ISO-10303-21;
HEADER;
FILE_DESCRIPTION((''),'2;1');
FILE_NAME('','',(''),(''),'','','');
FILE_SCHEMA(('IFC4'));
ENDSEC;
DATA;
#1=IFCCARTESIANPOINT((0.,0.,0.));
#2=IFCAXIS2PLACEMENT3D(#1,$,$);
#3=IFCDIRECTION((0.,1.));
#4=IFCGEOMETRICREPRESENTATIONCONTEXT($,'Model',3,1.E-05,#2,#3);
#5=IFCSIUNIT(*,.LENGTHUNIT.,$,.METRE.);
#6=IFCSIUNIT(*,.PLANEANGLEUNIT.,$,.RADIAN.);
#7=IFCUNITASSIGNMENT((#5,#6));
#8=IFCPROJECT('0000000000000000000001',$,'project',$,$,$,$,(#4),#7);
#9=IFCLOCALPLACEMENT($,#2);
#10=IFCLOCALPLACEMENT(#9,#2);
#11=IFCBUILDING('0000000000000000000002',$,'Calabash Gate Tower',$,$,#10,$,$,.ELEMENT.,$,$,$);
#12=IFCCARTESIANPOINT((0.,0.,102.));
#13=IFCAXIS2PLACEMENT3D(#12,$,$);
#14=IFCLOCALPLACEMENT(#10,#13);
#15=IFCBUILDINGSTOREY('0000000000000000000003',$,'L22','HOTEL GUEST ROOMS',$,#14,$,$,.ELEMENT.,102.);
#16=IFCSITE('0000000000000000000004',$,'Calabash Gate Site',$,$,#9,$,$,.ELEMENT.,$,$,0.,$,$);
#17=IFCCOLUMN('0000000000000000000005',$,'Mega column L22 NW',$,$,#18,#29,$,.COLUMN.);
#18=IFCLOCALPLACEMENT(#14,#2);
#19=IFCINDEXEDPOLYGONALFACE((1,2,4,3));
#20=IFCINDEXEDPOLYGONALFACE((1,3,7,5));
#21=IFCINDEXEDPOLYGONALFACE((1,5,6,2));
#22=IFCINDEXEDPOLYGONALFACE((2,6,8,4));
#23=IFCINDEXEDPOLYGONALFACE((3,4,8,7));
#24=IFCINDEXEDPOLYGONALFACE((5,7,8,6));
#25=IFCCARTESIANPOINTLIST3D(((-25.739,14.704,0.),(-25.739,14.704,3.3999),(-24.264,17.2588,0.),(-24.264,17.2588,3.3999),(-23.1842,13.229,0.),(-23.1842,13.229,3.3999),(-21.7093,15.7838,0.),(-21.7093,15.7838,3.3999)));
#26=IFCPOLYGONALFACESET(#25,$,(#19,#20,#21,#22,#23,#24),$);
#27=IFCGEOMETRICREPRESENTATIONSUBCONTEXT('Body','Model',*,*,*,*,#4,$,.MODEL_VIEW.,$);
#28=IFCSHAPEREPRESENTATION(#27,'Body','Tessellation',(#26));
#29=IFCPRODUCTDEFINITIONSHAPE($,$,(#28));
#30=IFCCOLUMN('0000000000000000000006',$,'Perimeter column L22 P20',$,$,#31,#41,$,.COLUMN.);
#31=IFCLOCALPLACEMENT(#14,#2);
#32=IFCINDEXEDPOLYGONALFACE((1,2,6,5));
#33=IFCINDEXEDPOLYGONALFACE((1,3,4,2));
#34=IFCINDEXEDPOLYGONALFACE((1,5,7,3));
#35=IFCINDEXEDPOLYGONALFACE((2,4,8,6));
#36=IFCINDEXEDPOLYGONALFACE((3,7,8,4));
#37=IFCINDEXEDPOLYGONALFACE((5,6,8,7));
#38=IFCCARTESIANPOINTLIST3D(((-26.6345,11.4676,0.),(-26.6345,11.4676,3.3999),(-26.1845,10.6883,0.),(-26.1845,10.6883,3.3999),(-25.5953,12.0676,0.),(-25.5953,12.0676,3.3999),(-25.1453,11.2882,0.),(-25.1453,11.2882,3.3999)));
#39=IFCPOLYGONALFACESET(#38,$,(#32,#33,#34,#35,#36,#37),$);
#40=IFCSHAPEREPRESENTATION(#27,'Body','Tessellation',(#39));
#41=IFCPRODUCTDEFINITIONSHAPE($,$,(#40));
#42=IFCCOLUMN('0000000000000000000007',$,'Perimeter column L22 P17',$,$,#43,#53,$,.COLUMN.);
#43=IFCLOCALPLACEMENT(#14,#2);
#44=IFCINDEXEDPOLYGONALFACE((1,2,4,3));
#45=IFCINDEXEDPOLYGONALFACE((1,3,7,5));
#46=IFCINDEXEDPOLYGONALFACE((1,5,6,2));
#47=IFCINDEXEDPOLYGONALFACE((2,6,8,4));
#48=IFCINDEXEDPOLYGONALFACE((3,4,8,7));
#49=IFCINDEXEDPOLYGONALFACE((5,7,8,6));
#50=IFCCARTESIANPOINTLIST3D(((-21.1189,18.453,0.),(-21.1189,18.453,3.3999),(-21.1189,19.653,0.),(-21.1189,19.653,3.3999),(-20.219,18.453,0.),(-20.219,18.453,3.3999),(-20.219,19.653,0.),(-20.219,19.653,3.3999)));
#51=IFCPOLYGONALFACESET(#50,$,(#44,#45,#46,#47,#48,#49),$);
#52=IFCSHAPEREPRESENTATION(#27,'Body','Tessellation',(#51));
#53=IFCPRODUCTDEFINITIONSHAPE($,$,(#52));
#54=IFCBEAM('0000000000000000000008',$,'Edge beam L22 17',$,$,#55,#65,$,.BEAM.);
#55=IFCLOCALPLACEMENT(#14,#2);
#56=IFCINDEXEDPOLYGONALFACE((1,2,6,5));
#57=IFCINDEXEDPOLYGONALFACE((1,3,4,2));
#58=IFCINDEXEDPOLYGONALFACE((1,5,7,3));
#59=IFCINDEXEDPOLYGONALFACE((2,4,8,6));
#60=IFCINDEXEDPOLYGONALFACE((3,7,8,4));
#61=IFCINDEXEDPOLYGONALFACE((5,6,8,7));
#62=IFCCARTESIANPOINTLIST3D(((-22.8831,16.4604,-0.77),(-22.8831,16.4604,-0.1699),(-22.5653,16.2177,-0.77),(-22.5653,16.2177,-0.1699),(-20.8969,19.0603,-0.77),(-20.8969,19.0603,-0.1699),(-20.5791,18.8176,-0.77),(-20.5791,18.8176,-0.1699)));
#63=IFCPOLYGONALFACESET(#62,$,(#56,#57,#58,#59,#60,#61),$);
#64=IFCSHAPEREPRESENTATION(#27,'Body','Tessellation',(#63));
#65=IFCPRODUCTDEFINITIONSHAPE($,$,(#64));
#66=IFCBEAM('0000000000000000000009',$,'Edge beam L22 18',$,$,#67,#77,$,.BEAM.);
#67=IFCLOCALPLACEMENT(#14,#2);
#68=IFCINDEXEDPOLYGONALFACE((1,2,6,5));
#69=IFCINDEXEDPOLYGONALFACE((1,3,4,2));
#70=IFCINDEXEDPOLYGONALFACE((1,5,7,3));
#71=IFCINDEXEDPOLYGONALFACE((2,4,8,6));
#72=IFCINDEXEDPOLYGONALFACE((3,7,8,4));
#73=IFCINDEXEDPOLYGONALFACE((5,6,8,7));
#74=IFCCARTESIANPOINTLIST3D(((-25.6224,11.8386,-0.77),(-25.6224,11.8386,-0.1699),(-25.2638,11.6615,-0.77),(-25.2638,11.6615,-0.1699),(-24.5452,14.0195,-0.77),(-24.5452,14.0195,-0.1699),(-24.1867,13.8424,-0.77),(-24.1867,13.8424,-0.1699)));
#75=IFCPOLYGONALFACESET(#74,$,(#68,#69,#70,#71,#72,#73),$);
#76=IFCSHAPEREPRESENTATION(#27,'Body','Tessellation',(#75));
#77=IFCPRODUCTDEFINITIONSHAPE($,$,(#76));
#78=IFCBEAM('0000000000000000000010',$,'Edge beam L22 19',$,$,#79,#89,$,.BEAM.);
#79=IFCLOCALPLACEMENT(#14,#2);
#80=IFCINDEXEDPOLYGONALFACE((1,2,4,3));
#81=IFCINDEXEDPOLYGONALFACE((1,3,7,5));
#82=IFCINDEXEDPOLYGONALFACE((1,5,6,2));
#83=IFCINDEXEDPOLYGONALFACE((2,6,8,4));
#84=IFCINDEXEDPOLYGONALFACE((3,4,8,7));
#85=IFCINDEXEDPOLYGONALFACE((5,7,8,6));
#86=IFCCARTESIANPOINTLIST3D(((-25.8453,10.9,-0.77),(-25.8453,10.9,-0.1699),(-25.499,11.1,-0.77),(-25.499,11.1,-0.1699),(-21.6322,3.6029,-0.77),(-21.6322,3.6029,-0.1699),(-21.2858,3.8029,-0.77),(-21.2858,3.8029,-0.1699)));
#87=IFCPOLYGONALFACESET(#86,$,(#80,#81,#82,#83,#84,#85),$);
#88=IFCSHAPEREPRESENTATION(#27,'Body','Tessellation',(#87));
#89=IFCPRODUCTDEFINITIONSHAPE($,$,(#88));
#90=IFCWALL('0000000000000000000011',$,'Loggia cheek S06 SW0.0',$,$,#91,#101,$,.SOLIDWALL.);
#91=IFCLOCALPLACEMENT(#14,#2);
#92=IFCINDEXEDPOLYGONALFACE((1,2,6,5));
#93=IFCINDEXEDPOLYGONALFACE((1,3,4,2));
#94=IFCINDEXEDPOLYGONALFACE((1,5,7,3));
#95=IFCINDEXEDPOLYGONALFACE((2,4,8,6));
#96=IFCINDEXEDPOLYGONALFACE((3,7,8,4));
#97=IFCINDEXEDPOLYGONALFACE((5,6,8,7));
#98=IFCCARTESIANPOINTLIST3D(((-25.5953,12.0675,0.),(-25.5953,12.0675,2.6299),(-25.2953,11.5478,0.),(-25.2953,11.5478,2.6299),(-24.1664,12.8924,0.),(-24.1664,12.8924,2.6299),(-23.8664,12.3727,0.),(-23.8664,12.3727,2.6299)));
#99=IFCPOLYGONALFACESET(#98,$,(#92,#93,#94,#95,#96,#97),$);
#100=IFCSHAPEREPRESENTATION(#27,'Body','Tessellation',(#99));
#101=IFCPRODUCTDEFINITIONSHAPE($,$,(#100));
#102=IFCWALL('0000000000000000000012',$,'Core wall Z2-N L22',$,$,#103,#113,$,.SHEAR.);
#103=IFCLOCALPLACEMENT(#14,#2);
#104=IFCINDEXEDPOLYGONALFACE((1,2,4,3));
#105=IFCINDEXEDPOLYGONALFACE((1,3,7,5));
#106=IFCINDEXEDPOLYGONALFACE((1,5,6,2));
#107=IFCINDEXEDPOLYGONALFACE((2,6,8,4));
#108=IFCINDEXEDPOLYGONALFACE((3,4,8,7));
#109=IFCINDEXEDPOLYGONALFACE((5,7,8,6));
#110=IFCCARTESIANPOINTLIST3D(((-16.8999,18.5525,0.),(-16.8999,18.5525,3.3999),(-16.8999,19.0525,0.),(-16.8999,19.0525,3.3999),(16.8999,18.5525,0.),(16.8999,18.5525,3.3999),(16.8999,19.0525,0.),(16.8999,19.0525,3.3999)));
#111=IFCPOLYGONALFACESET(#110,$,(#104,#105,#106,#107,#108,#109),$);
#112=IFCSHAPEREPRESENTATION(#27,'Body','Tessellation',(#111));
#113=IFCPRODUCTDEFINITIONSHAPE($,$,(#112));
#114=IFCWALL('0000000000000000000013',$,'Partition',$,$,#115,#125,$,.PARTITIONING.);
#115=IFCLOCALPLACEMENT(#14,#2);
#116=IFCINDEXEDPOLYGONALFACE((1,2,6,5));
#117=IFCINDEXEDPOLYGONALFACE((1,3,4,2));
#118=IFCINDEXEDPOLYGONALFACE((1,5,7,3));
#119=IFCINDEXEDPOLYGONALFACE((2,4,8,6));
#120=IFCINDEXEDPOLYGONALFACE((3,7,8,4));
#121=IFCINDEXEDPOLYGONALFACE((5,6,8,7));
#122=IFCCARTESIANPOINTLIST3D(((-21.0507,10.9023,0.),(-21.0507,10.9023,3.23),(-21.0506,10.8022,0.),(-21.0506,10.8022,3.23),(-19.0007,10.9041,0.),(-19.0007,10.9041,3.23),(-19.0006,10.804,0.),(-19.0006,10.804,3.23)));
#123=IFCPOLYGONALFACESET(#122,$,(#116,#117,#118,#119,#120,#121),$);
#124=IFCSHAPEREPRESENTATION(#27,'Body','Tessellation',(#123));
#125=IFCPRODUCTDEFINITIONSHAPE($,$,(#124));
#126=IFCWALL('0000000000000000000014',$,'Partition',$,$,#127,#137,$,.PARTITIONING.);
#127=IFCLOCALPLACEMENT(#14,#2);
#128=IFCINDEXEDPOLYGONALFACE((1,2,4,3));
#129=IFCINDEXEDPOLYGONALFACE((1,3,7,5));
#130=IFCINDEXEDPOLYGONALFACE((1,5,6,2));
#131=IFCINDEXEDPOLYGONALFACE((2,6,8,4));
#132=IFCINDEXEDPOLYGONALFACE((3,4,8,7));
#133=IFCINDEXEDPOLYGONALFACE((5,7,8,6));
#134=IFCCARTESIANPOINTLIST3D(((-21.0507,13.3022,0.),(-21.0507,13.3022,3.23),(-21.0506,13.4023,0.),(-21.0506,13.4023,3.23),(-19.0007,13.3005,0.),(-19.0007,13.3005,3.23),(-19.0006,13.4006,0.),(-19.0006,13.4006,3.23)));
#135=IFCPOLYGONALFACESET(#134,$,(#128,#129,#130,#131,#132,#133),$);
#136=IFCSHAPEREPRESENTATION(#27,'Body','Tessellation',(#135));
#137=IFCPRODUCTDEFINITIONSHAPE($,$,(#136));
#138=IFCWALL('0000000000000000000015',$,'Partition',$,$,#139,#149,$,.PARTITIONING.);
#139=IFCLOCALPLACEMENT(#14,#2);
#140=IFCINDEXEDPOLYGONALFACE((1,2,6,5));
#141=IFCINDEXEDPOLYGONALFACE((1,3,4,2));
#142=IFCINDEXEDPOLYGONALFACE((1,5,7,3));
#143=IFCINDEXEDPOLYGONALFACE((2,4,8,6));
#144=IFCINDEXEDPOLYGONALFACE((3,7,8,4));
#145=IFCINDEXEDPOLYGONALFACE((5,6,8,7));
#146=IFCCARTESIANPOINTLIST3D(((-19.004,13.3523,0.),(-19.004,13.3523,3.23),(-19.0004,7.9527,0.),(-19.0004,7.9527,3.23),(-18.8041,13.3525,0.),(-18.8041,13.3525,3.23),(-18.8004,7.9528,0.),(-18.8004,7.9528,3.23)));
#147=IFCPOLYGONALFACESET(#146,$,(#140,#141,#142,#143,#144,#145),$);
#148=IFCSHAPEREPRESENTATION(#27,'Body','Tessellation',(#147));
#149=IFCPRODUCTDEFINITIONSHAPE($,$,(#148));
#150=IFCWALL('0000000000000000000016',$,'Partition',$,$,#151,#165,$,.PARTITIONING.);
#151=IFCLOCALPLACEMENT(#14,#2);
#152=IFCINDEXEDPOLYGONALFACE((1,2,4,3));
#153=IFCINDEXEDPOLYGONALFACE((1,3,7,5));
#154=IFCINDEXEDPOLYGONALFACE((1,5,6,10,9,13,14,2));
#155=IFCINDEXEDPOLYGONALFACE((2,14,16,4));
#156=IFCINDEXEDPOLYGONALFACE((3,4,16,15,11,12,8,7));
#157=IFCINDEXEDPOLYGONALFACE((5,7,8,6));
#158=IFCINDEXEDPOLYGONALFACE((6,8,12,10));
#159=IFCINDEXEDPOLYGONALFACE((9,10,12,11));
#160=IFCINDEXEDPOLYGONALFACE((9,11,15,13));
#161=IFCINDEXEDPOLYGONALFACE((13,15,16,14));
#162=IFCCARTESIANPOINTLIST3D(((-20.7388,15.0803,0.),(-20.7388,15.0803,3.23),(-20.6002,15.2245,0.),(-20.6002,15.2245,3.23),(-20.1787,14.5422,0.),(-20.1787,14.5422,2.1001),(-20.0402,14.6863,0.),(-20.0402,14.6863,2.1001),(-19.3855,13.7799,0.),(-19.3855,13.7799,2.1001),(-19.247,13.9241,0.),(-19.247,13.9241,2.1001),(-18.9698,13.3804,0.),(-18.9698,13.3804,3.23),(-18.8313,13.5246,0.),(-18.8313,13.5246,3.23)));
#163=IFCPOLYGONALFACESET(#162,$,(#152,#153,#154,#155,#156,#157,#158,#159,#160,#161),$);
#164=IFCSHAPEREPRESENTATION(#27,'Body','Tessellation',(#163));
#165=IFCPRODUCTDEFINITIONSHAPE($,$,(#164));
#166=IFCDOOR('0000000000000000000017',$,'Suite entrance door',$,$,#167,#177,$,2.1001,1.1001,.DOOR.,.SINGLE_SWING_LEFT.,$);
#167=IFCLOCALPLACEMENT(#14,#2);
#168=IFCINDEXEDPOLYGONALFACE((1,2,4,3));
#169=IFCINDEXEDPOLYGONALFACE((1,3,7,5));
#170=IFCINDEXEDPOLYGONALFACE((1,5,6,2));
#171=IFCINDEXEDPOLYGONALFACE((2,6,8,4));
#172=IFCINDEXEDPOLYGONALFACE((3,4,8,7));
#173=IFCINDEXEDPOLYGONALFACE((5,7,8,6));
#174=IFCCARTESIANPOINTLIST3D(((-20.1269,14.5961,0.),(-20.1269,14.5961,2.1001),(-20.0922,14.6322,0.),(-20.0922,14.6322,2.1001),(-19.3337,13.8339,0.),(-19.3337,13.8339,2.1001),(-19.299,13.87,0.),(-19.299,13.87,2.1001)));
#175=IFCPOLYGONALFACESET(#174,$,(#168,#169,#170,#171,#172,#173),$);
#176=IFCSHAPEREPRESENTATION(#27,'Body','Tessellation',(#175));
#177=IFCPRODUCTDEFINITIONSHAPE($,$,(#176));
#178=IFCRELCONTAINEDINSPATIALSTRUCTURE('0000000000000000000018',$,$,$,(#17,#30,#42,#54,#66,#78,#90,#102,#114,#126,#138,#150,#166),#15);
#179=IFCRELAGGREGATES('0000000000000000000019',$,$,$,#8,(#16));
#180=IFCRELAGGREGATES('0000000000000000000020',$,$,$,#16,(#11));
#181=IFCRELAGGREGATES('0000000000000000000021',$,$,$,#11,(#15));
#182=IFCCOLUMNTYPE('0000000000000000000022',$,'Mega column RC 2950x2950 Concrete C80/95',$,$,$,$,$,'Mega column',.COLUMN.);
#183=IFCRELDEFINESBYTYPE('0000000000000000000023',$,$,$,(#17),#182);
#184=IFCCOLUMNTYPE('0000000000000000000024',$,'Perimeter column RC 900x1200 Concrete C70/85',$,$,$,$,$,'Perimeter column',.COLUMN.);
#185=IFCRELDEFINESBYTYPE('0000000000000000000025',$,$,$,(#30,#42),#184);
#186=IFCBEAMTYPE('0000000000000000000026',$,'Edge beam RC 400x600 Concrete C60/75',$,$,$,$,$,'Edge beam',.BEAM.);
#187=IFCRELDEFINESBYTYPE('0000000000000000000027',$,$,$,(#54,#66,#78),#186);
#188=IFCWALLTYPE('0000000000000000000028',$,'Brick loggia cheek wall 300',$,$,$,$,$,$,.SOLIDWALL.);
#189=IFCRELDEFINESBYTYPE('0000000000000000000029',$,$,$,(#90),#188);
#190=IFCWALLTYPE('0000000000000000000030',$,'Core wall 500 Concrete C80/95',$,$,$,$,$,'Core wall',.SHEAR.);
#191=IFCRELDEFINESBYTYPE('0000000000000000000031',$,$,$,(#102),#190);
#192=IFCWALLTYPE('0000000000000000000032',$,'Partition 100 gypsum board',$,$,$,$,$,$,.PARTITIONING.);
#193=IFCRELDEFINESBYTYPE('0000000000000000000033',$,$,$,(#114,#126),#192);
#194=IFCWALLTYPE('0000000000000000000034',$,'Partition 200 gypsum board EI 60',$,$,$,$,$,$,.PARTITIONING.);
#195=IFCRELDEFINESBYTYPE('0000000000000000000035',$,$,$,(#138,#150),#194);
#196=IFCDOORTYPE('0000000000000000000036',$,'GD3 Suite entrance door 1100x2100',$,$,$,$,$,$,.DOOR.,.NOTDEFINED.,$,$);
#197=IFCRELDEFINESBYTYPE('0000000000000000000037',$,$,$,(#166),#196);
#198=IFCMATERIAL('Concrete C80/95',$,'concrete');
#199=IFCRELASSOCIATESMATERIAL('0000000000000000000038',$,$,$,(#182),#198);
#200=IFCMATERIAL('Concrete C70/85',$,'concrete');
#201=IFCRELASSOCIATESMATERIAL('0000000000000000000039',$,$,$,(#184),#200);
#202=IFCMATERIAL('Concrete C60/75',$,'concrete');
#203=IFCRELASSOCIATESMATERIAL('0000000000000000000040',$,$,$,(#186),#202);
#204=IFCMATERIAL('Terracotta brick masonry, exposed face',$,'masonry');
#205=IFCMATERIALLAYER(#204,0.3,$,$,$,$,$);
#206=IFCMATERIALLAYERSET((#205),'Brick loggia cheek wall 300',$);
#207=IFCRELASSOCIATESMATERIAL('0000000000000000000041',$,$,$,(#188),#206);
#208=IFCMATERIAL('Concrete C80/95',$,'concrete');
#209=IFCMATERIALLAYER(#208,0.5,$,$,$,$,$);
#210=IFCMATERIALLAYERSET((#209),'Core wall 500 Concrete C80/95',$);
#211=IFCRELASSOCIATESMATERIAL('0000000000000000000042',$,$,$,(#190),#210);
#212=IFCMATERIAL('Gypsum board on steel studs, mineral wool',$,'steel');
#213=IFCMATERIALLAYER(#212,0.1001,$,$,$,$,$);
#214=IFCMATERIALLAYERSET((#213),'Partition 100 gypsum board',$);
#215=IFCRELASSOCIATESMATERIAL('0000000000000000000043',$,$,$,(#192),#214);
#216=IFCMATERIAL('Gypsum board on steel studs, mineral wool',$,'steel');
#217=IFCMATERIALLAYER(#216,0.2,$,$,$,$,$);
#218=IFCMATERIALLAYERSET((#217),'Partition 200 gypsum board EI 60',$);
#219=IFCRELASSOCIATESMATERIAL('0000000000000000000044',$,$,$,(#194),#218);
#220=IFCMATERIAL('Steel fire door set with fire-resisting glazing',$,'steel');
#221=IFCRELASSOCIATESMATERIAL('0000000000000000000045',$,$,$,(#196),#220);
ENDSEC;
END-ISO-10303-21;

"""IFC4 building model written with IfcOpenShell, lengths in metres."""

from ifc_helpers import new_model, si_unit, direction, frame, frame_2d, origin, origin_2d, place, context, subcontext, project, spatial, rectangle, extrude, material, layer, layer_set, material_profile, profile_set, type_object, element, fill, save


model = new_model("IFC4")

# Units and contexts
model_context = context("Model", 3, precision=1e-05, world=origin(), true_north=direction((0.0, 1.0)))
body_context = subcontext(model_context, "Body", "Model", "MODEL_VIEW")
ifc_project = project(units=[si_unit("LENGTHUNIT", "METRE"), si_unit("PLANEANGLEUNIT", "RADIAN")], contexts=[model_context])

# Site, building, storey
site_placement = place(None, origin())
site = spatial("IfcSite", under=ifc_project, at=site_placement, Name="Calabash Gate Site", CompositionType="ELEMENT", RefElevation=0.0)
building_placement = place(site_placement, origin())
building = spatial("IfcBuilding", under=site, at=building_placement, Name="Calabash Gate Tower", CompositionType="ELEMENT")
storey_placement = place(building_placement, frame((0.0, 0.0, 102.0)))
storey = spatial("IfcBuildingStorey", under=building, at=storey_placement, Name="L22", Description="HOTEL GUEST ROOMS", CompositionType="ELEMENT", Elevation=102.0)

# Columns
ifc_material_1 = material(Name="Concrete C80/95", Category="concrete")
ifc_material_profile_1 = material_profile(ifc_material_1, rectangle(XDim=2.95, YDim=2.95, at=origin_2d()))
ifc_profile_set_1 = profile_set([ifc_material_profile_1], Name="Concrete C80/95")
column_type_1 = type_object("IfcColumnType", Name="Mega column RC 2950x2950 Concrete C80/95", ElementType="Mega column", PredefinedType="COLUMN", material=ifc_profile_set_1)
column_placement = place(storey_placement, frame((-23.7241, 15.2439, 0.0), z_axis=(0.0, 0.0, 1.0), x_axis=(0.866025, -0.5, 0.0)))
element("IfcColumn", 1, at=column_placement, inside=storey, type_object=column_type_1, Name="Mega column L22 NW", PredefinedType="COLUMN", context=body_context, shape_type="SweptSolid", body=[
    extrude(rectangle(XDim=2.95, YDim=2.95, at=origin_2d()), origin(), (0.0, 0.0, 1.0), 3.3999),
])
ifc_material_2 = material(Name="Concrete C70/85", Category="concrete")
ifc_material_profile_2 = material_profile(ifc_material_2, rectangle(XDim=0.8999, YDim=1.2, at=origin_2d()))
ifc_profile_set_2 = profile_set([ifc_material_profile_2], Name="Concrete C70/85")
column_type_2 = type_object("IfcColumnType", Name="Perimeter column RC 900x1200 Concrete C70/85", ElementType="Perimeter column", PredefinedType="COLUMN", material=ifc_profile_set_2)
for number, where, z_axis, x_axis, name in (
    (2, (-25.8899, 11.3779, 0.0), (0.0, 0.0, 1.0), (0.5, -0.866025, 0.0), "Perimeter column L22 P20"),
    (3, (-20.6689, 19.053, 0.0), (0.0, 0.0, 1.0), (-1.0, 0.0, 0.0), "Perimeter column L22 P17"),
):
    element("IfcColumn", number, at=place(storey_placement, frame(where, z_axis=z_axis, x_axis=x_axis)), inside=storey, type_object=column_type_2, Name=name, PredefinedType="COLUMN", context=body_context, shape_type="SweptSolid", body=[
        extrude(rectangle(XDim=0.8999, YDim=1.2, at=origin_2d()), origin(), (0.0, 0.0, 1.0), 3.3999),
    ])

# Beams
ifc_material_3 = material(Name="Concrete C60/75", Category="concrete")
ifc_material_profile_3 = material_profile(ifc_material_3, rectangle(XDim=0.3999, YDim=0.6001, at=origin_2d()))
ifc_profile_set_3 = profile_set([ifc_material_profile_3], Name="Concrete C60/75")
beam_type = type_object("IfcBeamType", Name="Edge beam RC 400x600 Concrete C60/75", ElementType="Edge beam", PredefinedType="BEAM", material=ifc_profile_set_3)
beam_1_placement = place(storey_placement, frame((-20.738, 18.939, -0.47), z_axis=(-0.607057, -0.794659, 0.0), x_axis=(0.794659, -0.607057, 0.0)))
element("IfcBeam", 4, at=beam_1_placement, inside=storey, type_object=beam_type, Name="Edge beam L22 17", PredefinedType="BEAM", context=body_context, shape_type="SweptSolid", body=[
    extrude(rectangle(XDim=0.3999, YDim=0.6001, at=origin_2d()), origin(), (0.0, 0.0, 1.0), 3.2717),
])
beam_2_placement = place(storey_placement, frame((-24.366, 13.9309, -0.47), z_axis=(-0.442832, -0.896605, 0.0), x_axis=(0.896605, -0.442832, 0.0)))
element("IfcBeam", 5, at=beam_2_placement, inside=storey, type_object=beam_type, Name="Edge beam L22 18", PredefinedType="BEAM", context=body_context, shape_type="SweptSolid", body=[
    extrude(rectangle(XDim=0.3999, YDim=0.6001, at=origin_2d()), origin(), (0.0, 0.0, 1.0), 2.4324),
])
beam_3_placement = place(storey_placement, frame((-25.6721, 11.0, -0.47), z_axis=(0.500013, -0.866018, 0.0), x_axis=(0.866018, 0.500013, 0.0)))
element("IfcBeam", 6, at=beam_3_placement, inside=storey, type_object=beam_type, Name="Edge beam L22 19", PredefinedType="BEAM", context=body_context, shape_type="SweptSolid", body=[
    extrude(rectangle(XDim=0.3999, YDim=0.6001, at=origin_2d()), origin(), (0.0, 0.0, 1.0), 8.426),
])

# Walls
ifc_material_4 = material(Name="Terracotta brick masonry, exposed face", Category="masonry")
ifc_layer_1 = layer(ifc_material_4, 0.3)
ifc_layer_set_1 = layer_set([ifc_layer_1], Name="Brick loggia cheek wall 300")
wall_type_1 = type_object("IfcWallType", Name="Brick loggia cheek wall 300", PredefinedType="SOLIDWALL", material=ifc_layer_set_1)
wall_1_placement = place(storey_placement, frame((-25.4453, 11.8076, 0.0), z_axis=(0.0, 0.0, 1.0), x_axis=(0.86604, 0.499974, 0.0)))
element("IfcWall", 7, at=wall_1_placement, inside=storey, type_object=wall_type_1, Name="Loggia cheek S06 SW0.0", PredefinedType="SOLIDWALL", context=body_context, shape_type="SweptSolid", body=[
    extrude(rectangle(XDim=1.6499, YDim=0.6001, at=frame_2d((0.825, 0.0))), origin(), (0.0, 0.0, 1.0), 2.6299),
])
ifc_material_5 = material(Name="Concrete C80/95", Category="concrete")
ifc_layer_2 = layer(ifc_material_5, 0.5)
ifc_layer_set_2 = layer_set([ifc_layer_2], Name="Core wall 500 Concrete C80/95")
wall_type_2 = type_object("IfcWallType", Name="Core wall 500 Concrete C80/95", ElementType="Core wall", PredefinedType="SHEAR", material=ifc_layer_set_2)
wall_2_placement = place(storey_placement, frame((-16.8999, 18.8025, 0.0), z_axis=(0.0, 0.0, 1.0), x_axis=(1.0, 0.0, 0.0)))
element("IfcWall", 8, at=wall_2_placement, inside=storey, type_object=wall_type_2, Name="Core wall Z2-N L22", PredefinedType="SHEAR", context=body_context, shape_type="SweptSolid", body=[
    extrude(rectangle(XDim=33.7998, YDim=0.5, at=frame_2d((16.8999, 0.0))), origin(), (0.0, 0.0, 1.0), 3.3999),
])
ifc_material_6 = material(Name="Gypsum board on steel studs, mineral wool", Category="steel")
ifc_layer_3 = layer(ifc_material_6, 0.1001)
ifc_layer_set_3 = layer_set([ifc_layer_3], Name="Partition 100 gypsum board")
wall_type_3 = type_object("IfcWallType", Name="Partition 100 gypsum board", PredefinedType="PARTITIONING", material=ifc_layer_set_3)
for number, where, z_axis, x_axis, name in (
    (9, (-21.0505, 10.8523, 0.0), (0.0, 0.0, 1.0), (1.0, 0.000834, 0.0), "Partition"),
    (10, (-21.0505, 13.3523, 0.0), (0.0, 0.0, 1.0), (1.0, -0.000834, 0.0), "Partition"),
):
    element("IfcWall", number, at=place(storey_placement, frame(where, z_axis=z_axis, x_axis=x_axis)), inside=storey, type_object=wall_type_3, Name=name, PredefinedType="PARTITIONING", context=body_context, shape_type="SweptSolid", body=[
        extrude(rectangle(XDim=2.05, YDim=0.1001, at=frame_2d((1.0249, 0.0))), origin(), (0.0, 0.0, 1.0), 3.23),
    ])
ifc_material_7 = material(Name="Gypsum board on steel studs, mineral wool", Category="steel")
ifc_layer_4 = layer(ifc_material_7, 0.2)
ifc_layer_set_4 = layer_set([ifc_layer_4], Name="Partition 200 gypsum board EI 60")
wall_type_4 = type_object("IfcWallType", Name="Partition 200 gypsum board EI 60", PredefinedType="PARTITIONING", material=ifc_layer_set_4)
wall_3_placement = place(storey_placement, frame((-18.9041, 13.3523, 0.0), z_axis=(0.0, 0.0, 1.0), x_axis=(0.000678, -1.0, 0.0)))
element("IfcWall", 11, at=wall_3_placement, inside=storey, type_object=wall_type_4, Name="Partition", PredefinedType="PARTITIONING", context=body_context, shape_type="SweptSolid", body=[
    extrude(rectangle(XDim=5.3997, YDim=0.2, at=frame_2d((2.6997, 0.0))), origin(), (0.0, 0.0, 1.0), 3.23),
])

# Wall, opening, door
wall_4_placement = place(storey_placement, frame((-20.6694, 15.1523, 0.0), z_axis=(0.0, 0.0, 1.0), x_axis=(0.721047, -0.692886, 0.0)))
wall_4 = element("IfcWall", 12, at=wall_4_placement, inside=storey, type_object=wall_type_4, Name="Partition", PredefinedType="PARTITIONING", context=body_context, shape_type="SweptSolid", body=[
    extrude(rectangle(XDim=2.4534, YDim=0.2, at=frame_2d((1.2266, 0.0))), origin(), (0.0, 0.0, 1.0), 3.23),
])
opening_1_placement = place(wall_4_placement, frame((0.7766, 0.0, 0.0)))
opening_1 = element("IfcOpeningElement", 13, at=opening_1_placement, cuts=wall_4, PredefinedType="OPENING", context=body_context, shape_type="SweptSolid", body=[
    extrude(rectangle(XDim=1.1001, YDim=2.1001, at=frame_2d((0.55, 1.05))), frame((0.0, 0.1099, 0.0), z_axis=(0.0, -1.0, 0.0), x_axis=(1.0, 0.0, 0.0)), (0.0, 0.0, 1.0), 0.22),
])
ifc_material_8 = material(Name="Steel fire door set with fire-resisting glazing", Category="steel")
door_type_1 = type_object("IfcDoorType", Name="GD3 Suite entrance door 1100x2100", OperationType="NOTDEFINED", PredefinedType="DOOR", material=ifc_material_8)
door_1_placement = place(opening_1_placement, origin())
door_1 = element("IfcDoor", 14, at=door_1_placement, inside=storey, type_object=door_type_1, Name="Suite entrance door", OperationType="SINGLE_SWING_LEFT", OverallHeight=2.1001, OverallWidth=1.1001, PredefinedType="DOOR", context=body_context, shape_type="SweptSolid", body=[
    extrude(rectangle(XDim=1.1001, YDim=2.1001, at=frame_2d((0.55, 1.05))), frame((0.0, 0.0249, 0.0), z_axis=(0.0, -1.0, 0.0), x_axis=(1.0, 0.0, 0.0)), (0.0, 0.0, 1.0), 0.05),
])
fill(opening_1, door_1)

save(model, "model.ifc")
